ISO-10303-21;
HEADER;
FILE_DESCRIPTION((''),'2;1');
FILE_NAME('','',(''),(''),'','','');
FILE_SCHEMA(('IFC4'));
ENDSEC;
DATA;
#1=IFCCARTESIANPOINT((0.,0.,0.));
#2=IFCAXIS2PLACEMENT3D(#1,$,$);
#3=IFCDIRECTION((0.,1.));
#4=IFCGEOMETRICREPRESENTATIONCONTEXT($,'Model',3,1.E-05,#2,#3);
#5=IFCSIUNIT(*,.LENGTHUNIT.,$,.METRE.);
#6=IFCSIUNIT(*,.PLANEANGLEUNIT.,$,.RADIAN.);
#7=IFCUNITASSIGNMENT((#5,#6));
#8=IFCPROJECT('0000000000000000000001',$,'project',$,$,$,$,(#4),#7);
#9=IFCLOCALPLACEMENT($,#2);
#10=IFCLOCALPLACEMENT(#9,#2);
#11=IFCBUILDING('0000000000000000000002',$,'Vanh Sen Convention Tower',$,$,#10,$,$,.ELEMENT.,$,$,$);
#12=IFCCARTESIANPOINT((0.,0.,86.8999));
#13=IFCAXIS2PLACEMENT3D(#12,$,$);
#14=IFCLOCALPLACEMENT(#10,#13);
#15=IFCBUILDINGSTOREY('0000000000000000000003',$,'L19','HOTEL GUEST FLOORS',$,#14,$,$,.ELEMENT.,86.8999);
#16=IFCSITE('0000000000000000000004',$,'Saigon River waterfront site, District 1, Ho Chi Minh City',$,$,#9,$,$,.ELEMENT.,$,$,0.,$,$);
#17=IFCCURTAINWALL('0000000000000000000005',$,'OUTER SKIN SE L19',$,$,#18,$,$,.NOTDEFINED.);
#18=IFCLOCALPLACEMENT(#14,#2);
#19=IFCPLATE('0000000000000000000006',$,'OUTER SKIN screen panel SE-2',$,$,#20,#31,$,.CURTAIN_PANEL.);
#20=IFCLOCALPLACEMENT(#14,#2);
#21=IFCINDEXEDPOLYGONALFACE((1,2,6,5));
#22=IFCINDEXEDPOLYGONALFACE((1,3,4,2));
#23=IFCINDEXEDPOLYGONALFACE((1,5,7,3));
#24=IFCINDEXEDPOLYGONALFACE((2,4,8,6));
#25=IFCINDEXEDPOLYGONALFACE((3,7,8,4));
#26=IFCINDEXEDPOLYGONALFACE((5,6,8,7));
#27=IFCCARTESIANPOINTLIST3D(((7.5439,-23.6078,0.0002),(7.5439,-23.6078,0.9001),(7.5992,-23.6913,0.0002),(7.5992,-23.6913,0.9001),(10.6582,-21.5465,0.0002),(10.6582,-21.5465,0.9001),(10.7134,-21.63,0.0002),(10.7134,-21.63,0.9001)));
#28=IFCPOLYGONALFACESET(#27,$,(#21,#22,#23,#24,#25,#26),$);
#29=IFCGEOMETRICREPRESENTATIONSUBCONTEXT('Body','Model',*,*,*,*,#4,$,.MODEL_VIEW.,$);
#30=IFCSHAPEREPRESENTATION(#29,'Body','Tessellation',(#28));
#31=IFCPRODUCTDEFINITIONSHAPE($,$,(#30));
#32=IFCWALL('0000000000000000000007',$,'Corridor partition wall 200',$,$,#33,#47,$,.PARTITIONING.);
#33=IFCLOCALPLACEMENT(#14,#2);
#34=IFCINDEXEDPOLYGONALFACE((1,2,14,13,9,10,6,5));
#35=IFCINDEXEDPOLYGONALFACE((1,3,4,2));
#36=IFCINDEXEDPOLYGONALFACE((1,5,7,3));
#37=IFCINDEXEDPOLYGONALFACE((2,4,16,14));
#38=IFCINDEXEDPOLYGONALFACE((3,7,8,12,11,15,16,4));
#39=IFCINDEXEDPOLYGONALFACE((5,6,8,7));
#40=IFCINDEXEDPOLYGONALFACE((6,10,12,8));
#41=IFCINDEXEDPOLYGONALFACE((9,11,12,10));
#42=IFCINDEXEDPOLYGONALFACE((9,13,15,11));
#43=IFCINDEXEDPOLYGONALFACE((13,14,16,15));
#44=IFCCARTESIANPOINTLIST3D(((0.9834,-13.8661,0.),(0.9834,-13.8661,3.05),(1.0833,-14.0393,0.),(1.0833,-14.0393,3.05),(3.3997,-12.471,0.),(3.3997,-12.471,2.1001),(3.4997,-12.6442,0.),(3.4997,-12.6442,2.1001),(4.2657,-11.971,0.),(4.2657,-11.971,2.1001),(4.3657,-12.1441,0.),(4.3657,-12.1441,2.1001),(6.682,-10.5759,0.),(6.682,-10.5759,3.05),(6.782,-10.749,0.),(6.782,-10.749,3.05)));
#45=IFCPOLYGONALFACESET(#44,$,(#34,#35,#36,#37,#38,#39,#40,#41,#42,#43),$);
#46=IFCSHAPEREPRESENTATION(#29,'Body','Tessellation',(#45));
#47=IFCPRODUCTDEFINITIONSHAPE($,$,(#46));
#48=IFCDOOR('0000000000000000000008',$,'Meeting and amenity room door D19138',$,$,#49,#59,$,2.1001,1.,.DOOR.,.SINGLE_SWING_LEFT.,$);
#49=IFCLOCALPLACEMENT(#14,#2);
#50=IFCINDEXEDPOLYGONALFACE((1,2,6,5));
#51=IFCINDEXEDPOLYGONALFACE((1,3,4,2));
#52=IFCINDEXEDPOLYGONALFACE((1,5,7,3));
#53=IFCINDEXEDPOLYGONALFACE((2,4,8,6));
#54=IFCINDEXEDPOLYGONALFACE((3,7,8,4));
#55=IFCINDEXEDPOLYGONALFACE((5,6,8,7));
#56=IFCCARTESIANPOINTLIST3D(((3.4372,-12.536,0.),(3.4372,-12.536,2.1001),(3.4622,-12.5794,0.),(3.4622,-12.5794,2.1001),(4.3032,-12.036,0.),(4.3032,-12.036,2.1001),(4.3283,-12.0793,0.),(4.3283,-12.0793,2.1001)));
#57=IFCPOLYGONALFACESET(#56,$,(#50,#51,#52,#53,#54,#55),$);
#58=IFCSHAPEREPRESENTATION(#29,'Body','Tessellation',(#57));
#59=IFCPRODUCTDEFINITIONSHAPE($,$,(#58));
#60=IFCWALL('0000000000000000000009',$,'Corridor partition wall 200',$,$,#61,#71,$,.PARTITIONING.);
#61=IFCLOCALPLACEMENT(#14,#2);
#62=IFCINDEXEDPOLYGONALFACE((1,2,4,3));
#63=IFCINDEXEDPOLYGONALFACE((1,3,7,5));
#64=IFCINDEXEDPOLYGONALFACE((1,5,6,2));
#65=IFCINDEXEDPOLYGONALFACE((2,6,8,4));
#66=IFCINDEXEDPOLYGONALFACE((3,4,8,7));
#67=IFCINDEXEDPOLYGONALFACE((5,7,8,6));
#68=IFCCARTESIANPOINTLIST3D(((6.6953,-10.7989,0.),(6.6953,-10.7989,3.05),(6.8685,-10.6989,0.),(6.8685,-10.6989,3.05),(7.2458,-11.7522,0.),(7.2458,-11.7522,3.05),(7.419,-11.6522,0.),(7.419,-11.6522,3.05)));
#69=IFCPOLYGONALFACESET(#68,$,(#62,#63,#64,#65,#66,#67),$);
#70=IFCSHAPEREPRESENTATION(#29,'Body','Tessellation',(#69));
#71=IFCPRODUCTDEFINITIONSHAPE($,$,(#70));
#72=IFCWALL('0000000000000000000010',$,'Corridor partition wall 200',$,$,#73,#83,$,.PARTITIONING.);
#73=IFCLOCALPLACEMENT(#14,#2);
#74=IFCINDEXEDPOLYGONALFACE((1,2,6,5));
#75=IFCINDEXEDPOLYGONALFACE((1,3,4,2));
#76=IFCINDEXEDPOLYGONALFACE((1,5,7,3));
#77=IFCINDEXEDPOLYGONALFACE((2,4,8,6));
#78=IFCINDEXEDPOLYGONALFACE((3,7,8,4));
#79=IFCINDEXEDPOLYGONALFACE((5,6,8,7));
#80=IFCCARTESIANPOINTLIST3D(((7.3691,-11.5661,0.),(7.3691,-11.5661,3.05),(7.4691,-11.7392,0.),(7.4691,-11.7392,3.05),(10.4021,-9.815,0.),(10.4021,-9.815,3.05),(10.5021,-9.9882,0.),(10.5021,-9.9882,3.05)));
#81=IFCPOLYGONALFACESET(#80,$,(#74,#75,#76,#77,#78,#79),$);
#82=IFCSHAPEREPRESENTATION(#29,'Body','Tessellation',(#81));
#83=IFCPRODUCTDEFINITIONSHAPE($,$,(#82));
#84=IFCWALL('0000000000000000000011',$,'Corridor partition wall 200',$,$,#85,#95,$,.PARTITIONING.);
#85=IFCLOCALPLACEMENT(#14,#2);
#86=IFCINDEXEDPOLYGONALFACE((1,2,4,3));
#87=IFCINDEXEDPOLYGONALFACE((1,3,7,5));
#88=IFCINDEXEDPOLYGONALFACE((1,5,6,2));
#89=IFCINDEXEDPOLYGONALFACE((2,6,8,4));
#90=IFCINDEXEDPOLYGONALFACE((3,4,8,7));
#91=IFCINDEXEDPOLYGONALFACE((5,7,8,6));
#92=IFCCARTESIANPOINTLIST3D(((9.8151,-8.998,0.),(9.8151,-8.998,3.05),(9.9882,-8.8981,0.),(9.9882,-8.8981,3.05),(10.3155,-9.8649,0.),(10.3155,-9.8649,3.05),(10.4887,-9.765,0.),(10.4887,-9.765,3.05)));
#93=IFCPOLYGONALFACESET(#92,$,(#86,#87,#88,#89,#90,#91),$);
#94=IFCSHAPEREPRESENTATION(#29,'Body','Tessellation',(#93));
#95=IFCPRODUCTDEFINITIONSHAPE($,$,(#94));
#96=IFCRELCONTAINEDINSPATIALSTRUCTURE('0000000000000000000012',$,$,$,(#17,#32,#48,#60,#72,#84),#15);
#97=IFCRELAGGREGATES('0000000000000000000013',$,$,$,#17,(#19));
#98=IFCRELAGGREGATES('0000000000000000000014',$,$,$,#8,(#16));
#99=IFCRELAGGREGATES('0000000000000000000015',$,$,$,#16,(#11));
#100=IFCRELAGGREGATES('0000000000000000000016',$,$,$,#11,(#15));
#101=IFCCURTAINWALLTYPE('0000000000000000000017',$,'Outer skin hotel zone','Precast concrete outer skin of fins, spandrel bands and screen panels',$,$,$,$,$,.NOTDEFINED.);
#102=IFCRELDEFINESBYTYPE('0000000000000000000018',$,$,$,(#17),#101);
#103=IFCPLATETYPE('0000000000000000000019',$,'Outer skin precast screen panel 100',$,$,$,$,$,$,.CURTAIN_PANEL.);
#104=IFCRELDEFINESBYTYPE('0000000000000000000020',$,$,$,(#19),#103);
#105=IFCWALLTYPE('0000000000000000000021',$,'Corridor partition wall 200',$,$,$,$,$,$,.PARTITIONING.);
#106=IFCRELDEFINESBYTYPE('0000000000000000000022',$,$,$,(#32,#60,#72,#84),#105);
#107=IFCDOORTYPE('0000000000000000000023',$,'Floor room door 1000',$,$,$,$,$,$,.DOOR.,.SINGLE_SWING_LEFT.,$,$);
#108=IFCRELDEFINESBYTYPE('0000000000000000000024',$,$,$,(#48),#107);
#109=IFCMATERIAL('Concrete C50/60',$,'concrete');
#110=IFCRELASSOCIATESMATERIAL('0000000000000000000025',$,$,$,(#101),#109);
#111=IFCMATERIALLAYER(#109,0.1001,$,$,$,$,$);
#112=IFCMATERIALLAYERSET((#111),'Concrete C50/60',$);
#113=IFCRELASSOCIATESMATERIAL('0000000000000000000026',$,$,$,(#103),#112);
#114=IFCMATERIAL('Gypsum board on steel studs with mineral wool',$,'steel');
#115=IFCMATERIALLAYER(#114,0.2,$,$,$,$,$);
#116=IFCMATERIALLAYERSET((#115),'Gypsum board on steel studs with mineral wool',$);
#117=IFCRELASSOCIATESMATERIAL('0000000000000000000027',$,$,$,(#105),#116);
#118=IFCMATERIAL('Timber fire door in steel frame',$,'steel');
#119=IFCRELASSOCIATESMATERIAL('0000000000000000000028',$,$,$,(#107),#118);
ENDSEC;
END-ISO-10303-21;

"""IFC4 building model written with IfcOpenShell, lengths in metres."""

from ifc_helpers import new_model, si_unit, direction, frame, frame_2d, origin, origin_2d, place, context, subcontext, project, spatial, rectangle, extrude, material, layer, layer_set, type_object, element, fill, aggregate, save


model = new_model("IFC4")

# Units and contexts
model_context = context("Model", 3, precision=1e-05, world=origin(), true_north=direction((0.0, 1.0)))
body_context = subcontext(model_context, "Body", "Model", "MODEL_VIEW")
ifc_project = project(units=[si_unit("LENGTHUNIT", "METRE"), si_unit("PLANEANGLEUNIT", "RADIAN")], contexts=[model_context])

# Site, building, storey
site_placement = place(None, origin())
site = spatial("IfcSite", under=ifc_project, at=site_placement, Name="Saigon River waterfront site, District 1, Ho Chi Minh City", CompositionType="ELEMENT", RefElevation=0.0)
building_placement = place(site_placement, origin())
building = spatial("IfcBuilding", under=site, at=building_placement, Name="Vanh Sen Convention Tower", CompositionType="ELEMENT")
storey_placement = place(building_placement, frame((0.0, 0.0, 86.8999)))
storey = spatial("IfcBuildingStorey", under=building, at=storey_placement, Name="L19", Description="HOTEL GUEST FLOORS", CompositionType="ELEMENT", Elevation=86.8999)

# Curtain wall
ifc_material_1 = material(Name="Concrete C50/60", Category="concrete")
curtain_wall_type = type_object("IfcCurtainWallType", Name="Outer skin hotel zone", Description="Precast concrete outer skin of fins, spandrel bands and screen panels", PredefinedType="NOTDEFINED", material=ifc_material_1)
curtain_wall_1_placement = place(storey_placement, origin())
curtain_wall_1 = element("IfcCurtainWall", 1, at=curtain_wall_1_placement, inside=storey, type_object=curtain_wall_type, Name="OUTER SKIN SE L19", PredefinedType="NOTDEFINED")

# Shared definitions
ifc_layer_1 = layer(ifc_material_1, 0.1001)
ifc_layer_set_1 = layer_set([ifc_layer_1], Name="Concrete C50/60")
plate_type = type_object("IfcPlateType", Name="Outer skin precast screen panel 100", PredefinedType="CURTAIN_PANEL", material=ifc_layer_set_1)

# Plate
plate_1_placement = place(storey_placement, frame((9.1287, -22.6189, 0.0002), z_axis=(0.0, 0.0, 1.0), x_axis=(0.833892, 0.551928, 0.0)))
plate_1 = element("IfcPlate", 2, at=plate_1_placement, type_object=plate_type, Name="OUTER SKIN screen panel SE-2", PredefinedType="CURTAIN_PANEL", context=body_context, shape_type="SweptSolid", body=[
    extrude(rectangle(XDim=3.7346, YDim=0.1001, at=origin_2d()), origin(), (0.0, 0.0, 1.0), 0.8999),
])
aggregate(curtain_wall_1, [plate_1])

# Wall, opening, door
ifc_material_2 = material(Name="Gypsum board on steel studs with mineral wool", Category="steel")
ifc_layer_2 = layer(ifc_material_2, 0.2)
ifc_layer_set_2 = layer_set([ifc_layer_2], Name="Gypsum board on steel studs with mineral wool")
wall_type_1 = type_object("IfcWallType", Name="Corridor partition wall 200", PredefinedType="PARTITIONING", material=ifc_layer_set_2)
wall_1_placement = place(storey_placement, frame((1.0334, -13.9526, 0.0), z_axis=(0.0, 0.0, 1.0), x_axis=(0.866018, 0.500014, 0.0)))
wall_1 = element("IfcWall", 3, at=wall_1_placement, inside=storey, type_object=wall_type_1, Name="Corridor partition wall 200", PredefinedType="PARTITIONING", context=body_context, shape_type="SweptSolid", body=[
    extrude(rectangle(XDim=6.5803, YDim=0.2, at=frame_2d((3.29, 0.0))), origin(), (0.0, 0.0, 1.0), 3.05),
])
opening_1_placement = place(wall_1_placement, frame((2.79, 0.0, 0.0)))
opening_1 = element("IfcOpeningElement", 4, at=opening_1_placement, cuts=wall_1, PredefinedType="OPENING", context=body_context, shape_type="SweptSolid", body=[
    extrude(rectangle(XDim=1.0, YDim=2.1001, at=frame_2d((0.5, 1.05))), frame((0.0, 0.1099, 0.0), z_axis=(0.0, -1.0, 0.0), x_axis=(1.0, 0.0, 0.0)), (0.0, 0.0, 1.0), 0.22),
])
ifc_material_3 = material(Name="Timber fire door in steel frame", Category="steel")
door_type = type_object("IfcDoorType", Name="Floor room door 1000", OperationType="SINGLE_SWING_LEFT", PredefinedType="DOOR", material=ifc_material_3)
door_placement = place(opening_1_placement, origin())
door = element("IfcDoor", 5, at=door_placement, inside=storey, type_object=door_type, Name="Meeting and amenity room door D19138", OperationType="SINGLE_SWING_LEFT", OverallHeight=2.1001, OverallWidth=1.0, PredefinedType="DOOR", context=body_context, shape_type="SweptSolid", body=[
    extrude(rectangle(XDim=1.0, YDim=2.1001, at=frame_2d((0.5, 1.05))), frame((0.0, 0.0249, 0.0), z_axis=(0.0, -1.0, 0.0), x_axis=(1.0, 0.0, 0.0)), (0.0, 0.0, 1.0), 0.05),
])
fill(opening_1, door)

# Walls
wall_2_placement = place(storey_placement, frame((6.782, -10.749, 0.0), z_axis=(0.0, 0.0, 1.0), x_axis=(0.500074, -0.865982, 0.0)))
element("IfcWall", 6, at=wall_2_placement, inside=storey, type_object=wall_type_1, Name="Corridor partition wall 200", PredefinedType="PARTITIONING", context=body_context, shape_type="SweptSolid", body=[
    extrude(rectangle(XDim=1.1008, YDim=0.2, at=frame_2d((0.5503, 0.0))), origin(), (0.0, 0.0, 1.0), 3.05),
])
wall_3_placement = place(storey_placement, frame((7.4192, -11.6526, 0.0), z_axis=(0.0, 0.0, 1.0), x_axis=(0.866038, 0.499978, 0.0)))
element("IfcWall", 7, at=wall_3_placement, inside=storey, type_object=wall_type_1, Name="Corridor partition wall 200", PredefinedType="PARTITIONING", context=body_context, shape_type="SweptSolid", body=[
    extrude(rectangle(XDim=3.5022, YDim=0.2, at=frame_2d((1.751, 0.0))), origin(), (0.0, 0.0, 1.0), 3.05),
])
wall_4_placement = place(storey_placement, frame((10.4021, -9.8149, 0.0), z_axis=(0.0, 0.0, 1.0), x_axis=(-0.499969, 0.866043, 0.0)))
element("IfcWall", 8, at=wall_4_placement, inside=storey, type_object=wall_type_1, Name="Corridor partition wall 200", PredefinedType="PARTITIONING", context=body_context, shape_type="SweptSolid", body=[
    extrude(rectangle(XDim=1.001, YDim=0.2, at=frame_2d((0.5005, 0.0))), origin(), (0.0, 0.0, 1.0), 3.05),
])

save(model, "model.ifc")
